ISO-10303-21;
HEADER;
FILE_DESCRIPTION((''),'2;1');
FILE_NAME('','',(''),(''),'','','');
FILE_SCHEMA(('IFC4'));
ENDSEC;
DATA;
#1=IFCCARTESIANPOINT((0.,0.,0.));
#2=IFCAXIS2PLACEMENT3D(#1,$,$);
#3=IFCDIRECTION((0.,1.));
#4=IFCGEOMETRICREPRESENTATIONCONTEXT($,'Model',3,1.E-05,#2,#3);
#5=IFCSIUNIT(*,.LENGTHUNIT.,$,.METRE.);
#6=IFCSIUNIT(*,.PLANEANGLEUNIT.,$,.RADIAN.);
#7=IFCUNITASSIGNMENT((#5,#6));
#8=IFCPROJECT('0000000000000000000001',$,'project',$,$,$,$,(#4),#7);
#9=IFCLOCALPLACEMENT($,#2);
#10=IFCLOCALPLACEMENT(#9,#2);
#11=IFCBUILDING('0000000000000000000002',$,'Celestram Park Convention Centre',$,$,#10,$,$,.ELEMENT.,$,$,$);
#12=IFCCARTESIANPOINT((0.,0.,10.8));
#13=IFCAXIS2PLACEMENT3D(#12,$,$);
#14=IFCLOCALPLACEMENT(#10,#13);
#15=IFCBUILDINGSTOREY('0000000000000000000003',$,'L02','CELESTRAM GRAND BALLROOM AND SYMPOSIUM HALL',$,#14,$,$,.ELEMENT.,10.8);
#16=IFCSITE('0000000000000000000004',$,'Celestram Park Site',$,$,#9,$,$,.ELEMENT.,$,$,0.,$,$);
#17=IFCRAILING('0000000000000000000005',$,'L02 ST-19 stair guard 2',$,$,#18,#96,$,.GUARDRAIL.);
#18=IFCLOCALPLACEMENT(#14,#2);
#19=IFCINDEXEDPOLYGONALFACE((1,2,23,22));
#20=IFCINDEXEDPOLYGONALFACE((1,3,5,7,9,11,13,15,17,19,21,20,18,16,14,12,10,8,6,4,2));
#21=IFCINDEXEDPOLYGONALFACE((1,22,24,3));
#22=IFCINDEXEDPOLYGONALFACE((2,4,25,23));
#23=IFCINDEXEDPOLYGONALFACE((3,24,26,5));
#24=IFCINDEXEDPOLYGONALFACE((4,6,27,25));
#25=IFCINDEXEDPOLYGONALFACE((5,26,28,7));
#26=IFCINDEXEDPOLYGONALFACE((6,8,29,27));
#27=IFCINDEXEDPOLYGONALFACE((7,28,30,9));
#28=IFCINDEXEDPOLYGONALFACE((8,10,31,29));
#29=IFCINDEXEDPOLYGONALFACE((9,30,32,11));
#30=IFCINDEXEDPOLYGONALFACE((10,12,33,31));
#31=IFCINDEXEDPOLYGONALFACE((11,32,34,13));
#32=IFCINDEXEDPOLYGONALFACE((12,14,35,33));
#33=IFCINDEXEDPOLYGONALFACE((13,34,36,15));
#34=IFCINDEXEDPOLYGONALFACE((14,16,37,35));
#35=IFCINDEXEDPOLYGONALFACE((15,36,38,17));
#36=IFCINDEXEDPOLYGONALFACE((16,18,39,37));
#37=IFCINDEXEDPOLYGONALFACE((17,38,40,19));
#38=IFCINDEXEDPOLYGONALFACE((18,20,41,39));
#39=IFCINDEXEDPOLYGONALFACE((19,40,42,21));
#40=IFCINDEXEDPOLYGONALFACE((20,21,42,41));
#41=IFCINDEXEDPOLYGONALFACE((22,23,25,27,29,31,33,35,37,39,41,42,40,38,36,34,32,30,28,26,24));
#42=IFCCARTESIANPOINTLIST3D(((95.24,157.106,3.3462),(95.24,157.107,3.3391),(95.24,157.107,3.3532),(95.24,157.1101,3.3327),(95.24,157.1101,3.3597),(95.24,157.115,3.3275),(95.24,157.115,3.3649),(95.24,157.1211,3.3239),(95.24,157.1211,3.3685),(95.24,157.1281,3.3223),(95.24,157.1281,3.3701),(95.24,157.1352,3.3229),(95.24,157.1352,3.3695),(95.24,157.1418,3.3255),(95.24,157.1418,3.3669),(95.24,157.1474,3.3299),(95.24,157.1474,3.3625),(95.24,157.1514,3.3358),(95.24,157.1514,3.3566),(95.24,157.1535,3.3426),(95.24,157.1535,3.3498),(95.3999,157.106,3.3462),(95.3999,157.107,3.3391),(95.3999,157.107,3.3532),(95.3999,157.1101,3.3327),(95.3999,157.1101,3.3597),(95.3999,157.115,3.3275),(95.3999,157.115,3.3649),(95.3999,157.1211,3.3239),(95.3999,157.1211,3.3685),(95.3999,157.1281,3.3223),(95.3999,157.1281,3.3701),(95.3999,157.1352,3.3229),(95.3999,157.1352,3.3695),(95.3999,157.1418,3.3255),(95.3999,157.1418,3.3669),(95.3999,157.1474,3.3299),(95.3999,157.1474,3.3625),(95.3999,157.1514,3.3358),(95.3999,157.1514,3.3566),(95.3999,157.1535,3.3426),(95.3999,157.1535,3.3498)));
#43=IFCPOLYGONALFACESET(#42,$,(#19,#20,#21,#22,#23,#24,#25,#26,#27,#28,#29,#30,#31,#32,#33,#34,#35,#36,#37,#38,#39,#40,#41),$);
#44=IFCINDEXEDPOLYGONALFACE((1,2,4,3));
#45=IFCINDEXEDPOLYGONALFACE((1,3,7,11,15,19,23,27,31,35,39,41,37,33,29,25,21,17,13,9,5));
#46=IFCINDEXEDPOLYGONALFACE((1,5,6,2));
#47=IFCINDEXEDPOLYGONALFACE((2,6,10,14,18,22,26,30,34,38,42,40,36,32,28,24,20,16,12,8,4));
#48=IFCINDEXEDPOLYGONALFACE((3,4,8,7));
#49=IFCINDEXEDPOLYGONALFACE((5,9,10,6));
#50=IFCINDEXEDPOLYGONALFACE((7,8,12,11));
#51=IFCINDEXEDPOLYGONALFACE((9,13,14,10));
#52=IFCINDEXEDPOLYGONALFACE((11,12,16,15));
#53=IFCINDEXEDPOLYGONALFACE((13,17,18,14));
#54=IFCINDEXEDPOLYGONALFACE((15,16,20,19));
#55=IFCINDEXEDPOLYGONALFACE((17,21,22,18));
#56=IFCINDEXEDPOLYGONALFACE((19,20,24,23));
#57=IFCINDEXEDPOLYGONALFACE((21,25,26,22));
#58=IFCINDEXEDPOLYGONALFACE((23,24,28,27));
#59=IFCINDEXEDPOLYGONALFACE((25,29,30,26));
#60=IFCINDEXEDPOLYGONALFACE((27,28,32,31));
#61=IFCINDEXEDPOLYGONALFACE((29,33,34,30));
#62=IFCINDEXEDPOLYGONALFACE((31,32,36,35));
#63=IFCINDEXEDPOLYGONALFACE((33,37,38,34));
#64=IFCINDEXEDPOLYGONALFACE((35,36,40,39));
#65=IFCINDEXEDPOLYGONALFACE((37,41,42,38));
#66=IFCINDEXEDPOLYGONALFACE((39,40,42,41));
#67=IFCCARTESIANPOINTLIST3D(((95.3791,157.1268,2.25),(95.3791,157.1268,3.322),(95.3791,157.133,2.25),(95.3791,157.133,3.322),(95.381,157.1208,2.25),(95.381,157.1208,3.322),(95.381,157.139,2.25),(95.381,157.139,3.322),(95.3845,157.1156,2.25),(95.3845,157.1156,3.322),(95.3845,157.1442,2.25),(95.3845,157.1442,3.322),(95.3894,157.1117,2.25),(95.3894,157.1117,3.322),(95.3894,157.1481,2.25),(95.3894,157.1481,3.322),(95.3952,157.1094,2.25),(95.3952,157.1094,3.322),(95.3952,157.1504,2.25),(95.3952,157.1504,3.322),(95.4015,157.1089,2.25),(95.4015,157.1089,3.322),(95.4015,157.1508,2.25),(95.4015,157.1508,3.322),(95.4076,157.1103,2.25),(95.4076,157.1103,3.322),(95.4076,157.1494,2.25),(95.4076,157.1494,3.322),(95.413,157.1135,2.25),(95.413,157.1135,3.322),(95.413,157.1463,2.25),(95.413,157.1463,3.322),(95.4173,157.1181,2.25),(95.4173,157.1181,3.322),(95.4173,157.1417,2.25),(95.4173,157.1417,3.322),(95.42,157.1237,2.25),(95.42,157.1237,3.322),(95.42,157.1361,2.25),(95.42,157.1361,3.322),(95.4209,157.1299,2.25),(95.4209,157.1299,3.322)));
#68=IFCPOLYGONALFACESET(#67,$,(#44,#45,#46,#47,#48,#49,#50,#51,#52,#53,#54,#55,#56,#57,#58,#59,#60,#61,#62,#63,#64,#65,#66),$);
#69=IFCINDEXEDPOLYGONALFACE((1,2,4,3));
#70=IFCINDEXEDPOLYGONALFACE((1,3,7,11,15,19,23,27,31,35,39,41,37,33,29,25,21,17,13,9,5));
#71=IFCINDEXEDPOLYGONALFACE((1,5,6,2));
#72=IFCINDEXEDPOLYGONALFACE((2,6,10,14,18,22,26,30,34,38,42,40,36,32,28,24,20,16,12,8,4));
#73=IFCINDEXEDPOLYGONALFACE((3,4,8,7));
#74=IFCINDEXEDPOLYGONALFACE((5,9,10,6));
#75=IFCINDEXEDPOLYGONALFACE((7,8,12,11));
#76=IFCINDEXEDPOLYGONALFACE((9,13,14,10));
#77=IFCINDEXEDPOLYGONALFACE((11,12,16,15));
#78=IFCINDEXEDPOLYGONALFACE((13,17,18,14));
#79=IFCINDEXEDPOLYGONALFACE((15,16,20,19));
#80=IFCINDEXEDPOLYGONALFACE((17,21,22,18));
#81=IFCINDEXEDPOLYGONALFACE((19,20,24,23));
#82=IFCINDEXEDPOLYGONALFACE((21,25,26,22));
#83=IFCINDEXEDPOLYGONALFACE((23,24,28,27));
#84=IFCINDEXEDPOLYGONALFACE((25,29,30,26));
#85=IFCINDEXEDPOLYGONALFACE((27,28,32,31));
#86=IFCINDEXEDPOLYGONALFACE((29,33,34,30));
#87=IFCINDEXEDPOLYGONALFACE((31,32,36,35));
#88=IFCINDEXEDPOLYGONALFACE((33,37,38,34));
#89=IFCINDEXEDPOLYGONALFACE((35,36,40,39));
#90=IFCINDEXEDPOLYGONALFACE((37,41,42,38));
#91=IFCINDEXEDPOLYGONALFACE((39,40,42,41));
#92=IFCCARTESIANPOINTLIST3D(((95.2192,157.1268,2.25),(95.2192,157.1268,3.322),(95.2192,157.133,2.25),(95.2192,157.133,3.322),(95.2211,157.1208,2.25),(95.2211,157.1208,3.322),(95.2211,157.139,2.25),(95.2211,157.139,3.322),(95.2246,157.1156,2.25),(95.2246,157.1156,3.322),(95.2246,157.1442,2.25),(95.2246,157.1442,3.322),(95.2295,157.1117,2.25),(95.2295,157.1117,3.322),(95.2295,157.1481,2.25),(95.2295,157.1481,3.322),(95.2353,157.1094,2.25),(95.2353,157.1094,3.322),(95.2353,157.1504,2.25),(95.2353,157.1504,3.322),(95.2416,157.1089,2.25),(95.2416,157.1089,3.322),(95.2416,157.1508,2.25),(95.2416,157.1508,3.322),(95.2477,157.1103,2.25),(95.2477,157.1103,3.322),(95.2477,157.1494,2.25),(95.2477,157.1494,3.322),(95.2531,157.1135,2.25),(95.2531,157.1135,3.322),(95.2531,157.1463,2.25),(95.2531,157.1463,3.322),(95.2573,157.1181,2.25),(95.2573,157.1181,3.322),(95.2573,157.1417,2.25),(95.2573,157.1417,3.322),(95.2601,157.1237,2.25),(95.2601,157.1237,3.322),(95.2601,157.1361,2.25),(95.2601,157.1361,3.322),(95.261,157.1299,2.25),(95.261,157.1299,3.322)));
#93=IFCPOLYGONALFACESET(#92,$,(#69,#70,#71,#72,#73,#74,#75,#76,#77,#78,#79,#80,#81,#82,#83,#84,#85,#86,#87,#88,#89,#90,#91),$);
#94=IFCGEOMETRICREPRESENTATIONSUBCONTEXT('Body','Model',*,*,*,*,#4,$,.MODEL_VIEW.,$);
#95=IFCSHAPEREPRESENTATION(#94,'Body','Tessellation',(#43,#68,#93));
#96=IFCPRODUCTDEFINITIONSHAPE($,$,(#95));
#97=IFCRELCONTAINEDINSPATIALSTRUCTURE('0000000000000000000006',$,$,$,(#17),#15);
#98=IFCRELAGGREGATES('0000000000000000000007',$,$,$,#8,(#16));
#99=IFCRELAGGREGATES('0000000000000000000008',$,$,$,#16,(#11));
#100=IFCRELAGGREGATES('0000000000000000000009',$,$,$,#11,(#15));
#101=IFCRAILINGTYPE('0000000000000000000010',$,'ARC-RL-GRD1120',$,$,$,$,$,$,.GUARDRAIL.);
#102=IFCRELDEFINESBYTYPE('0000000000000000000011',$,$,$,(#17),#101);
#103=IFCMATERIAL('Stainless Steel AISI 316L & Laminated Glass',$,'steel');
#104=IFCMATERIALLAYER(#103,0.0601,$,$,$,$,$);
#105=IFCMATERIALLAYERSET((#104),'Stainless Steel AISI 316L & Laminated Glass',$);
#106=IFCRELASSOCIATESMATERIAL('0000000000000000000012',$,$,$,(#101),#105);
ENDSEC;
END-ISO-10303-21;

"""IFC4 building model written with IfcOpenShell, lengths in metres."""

from ifc_helpers import new_model, si_unit, direction, frame, origin, origin_2d, place, context, subcontext, project, spatial, circle, extrude, material, layer, layer_set, type_object, element, save


model = new_model("IFC4")

# Units and contexts
model_context = context("Model", 3, precision=1e-05, world=origin(), true_north=direction((0.0, 1.0)))
body_context = subcontext(model_context, "Body", "Model", "MODEL_VIEW")
ifc_project = project(units=[si_unit("LENGTHUNIT", "METRE"), si_unit("PLANEANGLEUNIT", "RADIAN")], contexts=[model_context])

# Site, building, storey
site_placement = place(None, origin())
site = spatial("IfcSite", under=ifc_project, at=site_placement, Name="Celestram Park Site", CompositionType="ELEMENT", RefElevation=0.0)
building_placement = place(site_placement, origin())
building = spatial("IfcBuilding", under=site, at=building_placement, Name="Celestram Park Convention Centre", CompositionType="ELEMENT")
storey_placement = place(building_placement, frame((0.0, 0.0, 10.8)))
storey = spatial("IfcBuildingStorey", under=building, at=storey_placement, Name="L02", Description="CELESTRAM GRAND BALLROOM AND SYMPOSIUM HALL", CompositionType="ELEMENT", Elevation=10.8)

# Railing
ifc_material_1 = material(Name="Stainless Steel AISI 316L & Laminated Glass", Category="steel")
ifc_layer_1 = layer(ifc_material_1, 0.0601)
ifc_layer_set_1 = layer_set([ifc_layer_1], Name="Stainless Steel AISI 316L & Laminated Glass")
railing_type_1 = type_object("IfcRailingType", Name="ARC-RL-GRD1120", PredefinedType="GUARDRAIL", material=ifc_layer_set_1)
railing_1_placement = place(storey_placement, frame((95.3999, 157.1299, 2.25)))
element("IfcRailing", 1, at=railing_1_placement, inside=storey, type_object=railing_type_1, Name="L02 ST-19 stair guard 2", PredefinedType="GUARDRAIL", context=body_context, shape_type="SweptSolid", body=[
    extrude(circle(Radius=0.0239, at=origin_2d()), frame((0.0, 0.0, 1.0962), z_axis=(-1.0, 0.0, 0.0), x_axis=(0.0, -1.0, 0.0)), (0.0, 0.0, 1.0), 0.1599),
    extrude(circle(Radius=0.021, at=origin_2d()), origin(), (0.0, 0.0, 1.0), 1.072),
    extrude(circle(Radius=0.021, at=origin_2d()), frame((-0.1599, 0.0, 0.0)), (0.0, 0.0, 1.0), 1.072),
])

save(model, "model.ifc")
